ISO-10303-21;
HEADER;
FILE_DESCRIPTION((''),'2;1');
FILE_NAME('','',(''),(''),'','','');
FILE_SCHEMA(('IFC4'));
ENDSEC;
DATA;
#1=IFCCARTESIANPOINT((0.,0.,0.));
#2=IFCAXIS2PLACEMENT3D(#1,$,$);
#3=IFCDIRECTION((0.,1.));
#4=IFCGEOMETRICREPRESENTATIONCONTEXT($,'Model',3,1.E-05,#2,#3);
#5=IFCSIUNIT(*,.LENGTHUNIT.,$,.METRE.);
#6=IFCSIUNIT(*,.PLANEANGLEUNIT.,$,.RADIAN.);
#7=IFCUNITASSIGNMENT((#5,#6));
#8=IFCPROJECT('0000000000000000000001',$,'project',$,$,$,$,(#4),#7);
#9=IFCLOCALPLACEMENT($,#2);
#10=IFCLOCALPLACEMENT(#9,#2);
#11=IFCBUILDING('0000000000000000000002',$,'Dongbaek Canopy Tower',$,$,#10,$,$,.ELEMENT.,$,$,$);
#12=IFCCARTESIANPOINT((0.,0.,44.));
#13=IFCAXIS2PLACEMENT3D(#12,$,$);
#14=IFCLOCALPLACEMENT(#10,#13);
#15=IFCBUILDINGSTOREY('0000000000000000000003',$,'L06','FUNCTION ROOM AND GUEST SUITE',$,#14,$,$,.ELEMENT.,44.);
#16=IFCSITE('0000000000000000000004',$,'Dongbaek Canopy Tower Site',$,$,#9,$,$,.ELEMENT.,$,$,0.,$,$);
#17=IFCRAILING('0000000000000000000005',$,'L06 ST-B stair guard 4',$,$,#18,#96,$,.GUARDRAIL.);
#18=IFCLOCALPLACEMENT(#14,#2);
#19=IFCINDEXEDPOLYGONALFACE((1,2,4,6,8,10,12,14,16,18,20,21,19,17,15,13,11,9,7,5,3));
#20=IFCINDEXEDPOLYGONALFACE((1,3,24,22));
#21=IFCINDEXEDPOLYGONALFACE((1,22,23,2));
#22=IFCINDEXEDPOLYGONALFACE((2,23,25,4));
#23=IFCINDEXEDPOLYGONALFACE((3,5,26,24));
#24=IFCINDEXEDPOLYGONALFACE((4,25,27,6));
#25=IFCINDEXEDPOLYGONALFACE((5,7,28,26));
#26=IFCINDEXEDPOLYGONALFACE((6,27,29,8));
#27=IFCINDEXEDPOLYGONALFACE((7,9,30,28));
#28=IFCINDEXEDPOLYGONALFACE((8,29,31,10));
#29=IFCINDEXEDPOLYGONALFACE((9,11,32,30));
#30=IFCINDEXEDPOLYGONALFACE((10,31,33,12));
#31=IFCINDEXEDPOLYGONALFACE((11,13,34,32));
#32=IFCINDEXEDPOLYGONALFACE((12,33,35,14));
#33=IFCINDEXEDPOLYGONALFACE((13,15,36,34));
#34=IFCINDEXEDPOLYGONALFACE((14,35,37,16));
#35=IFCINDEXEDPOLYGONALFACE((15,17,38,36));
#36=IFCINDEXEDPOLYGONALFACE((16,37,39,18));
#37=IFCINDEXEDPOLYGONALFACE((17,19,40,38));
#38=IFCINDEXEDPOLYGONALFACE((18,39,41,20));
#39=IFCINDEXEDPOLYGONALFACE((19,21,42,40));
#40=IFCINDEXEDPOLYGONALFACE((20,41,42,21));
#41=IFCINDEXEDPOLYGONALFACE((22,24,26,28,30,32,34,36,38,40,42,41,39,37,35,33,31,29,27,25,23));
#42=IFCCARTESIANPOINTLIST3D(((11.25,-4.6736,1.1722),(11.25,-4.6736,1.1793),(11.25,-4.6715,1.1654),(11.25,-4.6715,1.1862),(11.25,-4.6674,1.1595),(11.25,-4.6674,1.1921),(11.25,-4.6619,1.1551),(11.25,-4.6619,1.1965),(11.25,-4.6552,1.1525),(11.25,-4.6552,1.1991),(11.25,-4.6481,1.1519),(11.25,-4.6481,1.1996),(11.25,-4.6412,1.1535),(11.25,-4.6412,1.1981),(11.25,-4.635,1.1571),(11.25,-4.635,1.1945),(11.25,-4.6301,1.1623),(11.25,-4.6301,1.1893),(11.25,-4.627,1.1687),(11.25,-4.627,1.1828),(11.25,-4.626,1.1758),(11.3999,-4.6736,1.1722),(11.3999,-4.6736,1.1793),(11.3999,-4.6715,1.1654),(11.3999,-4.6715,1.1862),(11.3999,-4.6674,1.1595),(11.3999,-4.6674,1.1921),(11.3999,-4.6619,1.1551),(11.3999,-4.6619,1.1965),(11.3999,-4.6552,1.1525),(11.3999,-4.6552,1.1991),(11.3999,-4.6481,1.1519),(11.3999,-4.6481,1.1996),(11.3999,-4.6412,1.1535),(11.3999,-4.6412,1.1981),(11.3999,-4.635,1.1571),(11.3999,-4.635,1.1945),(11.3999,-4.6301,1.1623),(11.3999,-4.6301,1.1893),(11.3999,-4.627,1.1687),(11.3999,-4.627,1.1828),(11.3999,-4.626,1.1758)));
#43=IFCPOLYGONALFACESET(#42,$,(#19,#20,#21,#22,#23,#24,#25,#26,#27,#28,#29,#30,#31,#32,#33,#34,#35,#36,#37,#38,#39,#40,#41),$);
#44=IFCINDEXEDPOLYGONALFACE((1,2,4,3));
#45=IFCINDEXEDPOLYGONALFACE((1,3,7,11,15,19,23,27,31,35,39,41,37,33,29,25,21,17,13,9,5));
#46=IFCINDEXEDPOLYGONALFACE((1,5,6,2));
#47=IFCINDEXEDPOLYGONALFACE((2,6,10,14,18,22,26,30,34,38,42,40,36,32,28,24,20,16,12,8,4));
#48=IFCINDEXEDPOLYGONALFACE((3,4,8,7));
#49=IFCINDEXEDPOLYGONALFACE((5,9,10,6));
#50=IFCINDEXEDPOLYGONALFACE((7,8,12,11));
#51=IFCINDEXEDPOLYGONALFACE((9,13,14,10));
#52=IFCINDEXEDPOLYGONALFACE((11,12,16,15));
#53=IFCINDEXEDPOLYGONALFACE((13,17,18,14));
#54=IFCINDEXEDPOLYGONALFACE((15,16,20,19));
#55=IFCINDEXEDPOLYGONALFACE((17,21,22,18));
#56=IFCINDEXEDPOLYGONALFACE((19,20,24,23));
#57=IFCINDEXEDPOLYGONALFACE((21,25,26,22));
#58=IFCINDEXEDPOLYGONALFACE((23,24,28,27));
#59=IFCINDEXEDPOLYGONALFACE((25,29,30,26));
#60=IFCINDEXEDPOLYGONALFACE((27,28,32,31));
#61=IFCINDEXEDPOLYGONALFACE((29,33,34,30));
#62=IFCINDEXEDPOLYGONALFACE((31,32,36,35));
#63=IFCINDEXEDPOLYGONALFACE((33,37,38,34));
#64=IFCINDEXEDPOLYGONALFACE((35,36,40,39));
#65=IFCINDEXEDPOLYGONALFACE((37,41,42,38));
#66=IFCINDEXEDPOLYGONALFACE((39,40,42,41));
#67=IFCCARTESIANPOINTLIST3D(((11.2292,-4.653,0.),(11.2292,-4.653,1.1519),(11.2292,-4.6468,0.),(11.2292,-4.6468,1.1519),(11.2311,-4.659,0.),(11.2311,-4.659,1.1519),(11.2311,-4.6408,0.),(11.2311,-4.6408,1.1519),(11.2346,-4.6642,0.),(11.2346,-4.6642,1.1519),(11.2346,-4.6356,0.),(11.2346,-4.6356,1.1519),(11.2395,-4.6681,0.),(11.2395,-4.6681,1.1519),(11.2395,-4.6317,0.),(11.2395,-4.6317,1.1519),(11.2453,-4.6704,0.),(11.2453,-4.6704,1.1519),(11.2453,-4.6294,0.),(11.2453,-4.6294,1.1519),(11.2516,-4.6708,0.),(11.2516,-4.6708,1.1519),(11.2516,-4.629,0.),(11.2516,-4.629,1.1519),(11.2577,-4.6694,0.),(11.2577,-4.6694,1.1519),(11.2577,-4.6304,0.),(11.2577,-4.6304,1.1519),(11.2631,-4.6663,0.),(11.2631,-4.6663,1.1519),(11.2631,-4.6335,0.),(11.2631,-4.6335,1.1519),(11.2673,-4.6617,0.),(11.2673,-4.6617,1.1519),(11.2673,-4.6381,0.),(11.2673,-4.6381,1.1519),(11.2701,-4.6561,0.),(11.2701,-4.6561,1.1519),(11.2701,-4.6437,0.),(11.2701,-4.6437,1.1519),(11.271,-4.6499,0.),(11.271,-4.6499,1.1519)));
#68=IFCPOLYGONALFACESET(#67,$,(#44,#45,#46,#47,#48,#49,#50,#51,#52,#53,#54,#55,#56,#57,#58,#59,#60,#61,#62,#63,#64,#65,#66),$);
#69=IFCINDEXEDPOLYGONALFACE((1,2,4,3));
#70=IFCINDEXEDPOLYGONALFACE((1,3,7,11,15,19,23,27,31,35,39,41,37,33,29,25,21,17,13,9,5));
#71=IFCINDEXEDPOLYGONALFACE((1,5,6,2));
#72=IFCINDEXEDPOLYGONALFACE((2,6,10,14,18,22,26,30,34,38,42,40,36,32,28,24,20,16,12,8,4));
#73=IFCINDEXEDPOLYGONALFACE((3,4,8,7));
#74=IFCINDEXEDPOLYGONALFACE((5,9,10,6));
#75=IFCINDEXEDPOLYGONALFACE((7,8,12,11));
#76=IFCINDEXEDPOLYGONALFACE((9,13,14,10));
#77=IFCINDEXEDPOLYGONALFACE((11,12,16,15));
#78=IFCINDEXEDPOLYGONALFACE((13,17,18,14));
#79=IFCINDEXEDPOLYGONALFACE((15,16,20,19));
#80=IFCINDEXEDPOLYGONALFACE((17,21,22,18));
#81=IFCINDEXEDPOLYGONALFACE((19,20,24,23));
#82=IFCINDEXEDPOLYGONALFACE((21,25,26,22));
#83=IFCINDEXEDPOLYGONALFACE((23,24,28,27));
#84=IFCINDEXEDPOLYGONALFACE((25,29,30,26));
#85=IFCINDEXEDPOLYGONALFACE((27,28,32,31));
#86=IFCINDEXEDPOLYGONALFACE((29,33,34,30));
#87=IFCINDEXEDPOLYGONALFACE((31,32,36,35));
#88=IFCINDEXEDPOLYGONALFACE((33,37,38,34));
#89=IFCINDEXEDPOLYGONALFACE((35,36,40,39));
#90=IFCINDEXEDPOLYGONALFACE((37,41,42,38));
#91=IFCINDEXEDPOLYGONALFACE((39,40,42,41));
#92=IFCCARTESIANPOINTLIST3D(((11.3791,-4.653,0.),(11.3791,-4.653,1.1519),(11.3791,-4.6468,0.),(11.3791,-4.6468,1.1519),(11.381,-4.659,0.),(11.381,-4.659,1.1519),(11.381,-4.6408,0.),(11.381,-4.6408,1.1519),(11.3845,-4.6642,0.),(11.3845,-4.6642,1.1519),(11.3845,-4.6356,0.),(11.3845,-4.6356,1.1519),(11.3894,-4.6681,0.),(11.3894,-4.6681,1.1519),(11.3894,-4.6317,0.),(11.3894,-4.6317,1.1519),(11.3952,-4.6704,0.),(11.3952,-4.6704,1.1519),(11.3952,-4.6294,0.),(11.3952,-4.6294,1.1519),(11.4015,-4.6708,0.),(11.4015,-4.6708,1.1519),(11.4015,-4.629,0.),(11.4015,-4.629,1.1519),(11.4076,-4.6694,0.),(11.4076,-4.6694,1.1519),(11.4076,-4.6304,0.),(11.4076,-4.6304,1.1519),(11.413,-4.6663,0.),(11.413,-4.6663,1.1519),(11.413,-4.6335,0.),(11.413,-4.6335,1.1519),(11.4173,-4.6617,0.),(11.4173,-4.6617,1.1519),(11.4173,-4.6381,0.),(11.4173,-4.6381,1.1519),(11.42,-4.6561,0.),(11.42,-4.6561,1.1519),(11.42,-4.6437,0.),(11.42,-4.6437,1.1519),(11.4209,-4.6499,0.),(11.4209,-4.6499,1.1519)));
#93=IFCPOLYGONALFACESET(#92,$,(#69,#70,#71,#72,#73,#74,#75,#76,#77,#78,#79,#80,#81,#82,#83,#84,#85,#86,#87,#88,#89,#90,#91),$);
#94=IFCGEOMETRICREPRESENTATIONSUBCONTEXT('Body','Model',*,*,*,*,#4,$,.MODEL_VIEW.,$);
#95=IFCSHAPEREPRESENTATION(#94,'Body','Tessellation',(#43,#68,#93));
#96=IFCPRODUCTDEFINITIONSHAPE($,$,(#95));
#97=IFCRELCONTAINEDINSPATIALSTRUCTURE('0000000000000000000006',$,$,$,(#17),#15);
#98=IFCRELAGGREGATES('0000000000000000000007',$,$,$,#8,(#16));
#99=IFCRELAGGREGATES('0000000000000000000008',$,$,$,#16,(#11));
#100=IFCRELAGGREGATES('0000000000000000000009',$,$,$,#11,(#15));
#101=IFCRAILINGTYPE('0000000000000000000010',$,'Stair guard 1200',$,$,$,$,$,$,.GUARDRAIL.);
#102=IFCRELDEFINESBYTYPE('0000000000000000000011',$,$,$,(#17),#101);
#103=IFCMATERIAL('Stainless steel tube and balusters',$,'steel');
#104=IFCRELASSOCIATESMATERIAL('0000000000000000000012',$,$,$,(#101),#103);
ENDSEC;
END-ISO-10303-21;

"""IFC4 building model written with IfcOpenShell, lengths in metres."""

from ifc_helpers import new_model, si_unit, direction, frame, origin, origin_2d, place, context, subcontext, project, spatial, circle, extrude, material, type_object, element, save


model = new_model("IFC4")

# Units and contexts
model_context = context("Model", 3, precision=1e-05, world=origin(), true_north=direction((0.0, 1.0)))
body_context = subcontext(model_context, "Body", "Model", "MODEL_VIEW")
ifc_project = project(units=[si_unit("LENGTHUNIT", "METRE"), si_unit("PLANEANGLEUNIT", "RADIAN")], contexts=[model_context])

# Site, building, storey
site_placement = place(None, origin())
site = spatial("IfcSite", under=ifc_project, at=site_placement, Name="Dongbaek Canopy Tower Site", CompositionType="ELEMENT", RefElevation=0.0)
building_placement = place(site_placement, origin())
building = spatial("IfcBuilding", under=site, at=building_placement, Name="Dongbaek Canopy Tower", CompositionType="ELEMENT")
storey_placement = place(building_placement, frame((0.0, 0.0, 44.0)))
storey = spatial("IfcBuildingStorey", under=building, at=storey_placement, Name="L06", Description="FUNCTION ROOM AND GUEST SUITE", CompositionType="ELEMENT", Elevation=44.0)

# Railing
ifc_material_1 = material(Name="Stainless steel tube and balusters", Category="steel")
railing_type_1 = type_object("IfcRailingType", Name="Stair guard 1200", PredefinedType="GUARDRAIL", material=ifc_material_1)
railing_1_placement = place(storey_placement, frame((11.25, -4.6499, 0.0)))
element("IfcRailing", 1, at=railing_1_placement, inside=storey, type_object=railing_type_1, Name="L06 ST-B stair guard 4", PredefinedType="GUARDRAIL", context=body_context, shape_type="SweptSolid", body=[
    extrude(circle(Radius=0.0239, at=origin_2d()), frame((0.0, 0.0, 1.1758), z_axis=(1.0, 0.0, 0.0), x_axis=(0.0, 1.0, 0.0)), (0.0, 0.0, 1.0), 0.1499),
    extrude(circle(Radius=0.021, at=origin_2d()), origin(), (0.0, 0.0, 1.0), 1.1519),
    extrude(circle(Radius=0.021, at=origin_2d()), frame((0.1499, 0.0, 0.0)), (0.0, 0.0, 1.0), 1.1519),
])

save(model, "model.ifc")
